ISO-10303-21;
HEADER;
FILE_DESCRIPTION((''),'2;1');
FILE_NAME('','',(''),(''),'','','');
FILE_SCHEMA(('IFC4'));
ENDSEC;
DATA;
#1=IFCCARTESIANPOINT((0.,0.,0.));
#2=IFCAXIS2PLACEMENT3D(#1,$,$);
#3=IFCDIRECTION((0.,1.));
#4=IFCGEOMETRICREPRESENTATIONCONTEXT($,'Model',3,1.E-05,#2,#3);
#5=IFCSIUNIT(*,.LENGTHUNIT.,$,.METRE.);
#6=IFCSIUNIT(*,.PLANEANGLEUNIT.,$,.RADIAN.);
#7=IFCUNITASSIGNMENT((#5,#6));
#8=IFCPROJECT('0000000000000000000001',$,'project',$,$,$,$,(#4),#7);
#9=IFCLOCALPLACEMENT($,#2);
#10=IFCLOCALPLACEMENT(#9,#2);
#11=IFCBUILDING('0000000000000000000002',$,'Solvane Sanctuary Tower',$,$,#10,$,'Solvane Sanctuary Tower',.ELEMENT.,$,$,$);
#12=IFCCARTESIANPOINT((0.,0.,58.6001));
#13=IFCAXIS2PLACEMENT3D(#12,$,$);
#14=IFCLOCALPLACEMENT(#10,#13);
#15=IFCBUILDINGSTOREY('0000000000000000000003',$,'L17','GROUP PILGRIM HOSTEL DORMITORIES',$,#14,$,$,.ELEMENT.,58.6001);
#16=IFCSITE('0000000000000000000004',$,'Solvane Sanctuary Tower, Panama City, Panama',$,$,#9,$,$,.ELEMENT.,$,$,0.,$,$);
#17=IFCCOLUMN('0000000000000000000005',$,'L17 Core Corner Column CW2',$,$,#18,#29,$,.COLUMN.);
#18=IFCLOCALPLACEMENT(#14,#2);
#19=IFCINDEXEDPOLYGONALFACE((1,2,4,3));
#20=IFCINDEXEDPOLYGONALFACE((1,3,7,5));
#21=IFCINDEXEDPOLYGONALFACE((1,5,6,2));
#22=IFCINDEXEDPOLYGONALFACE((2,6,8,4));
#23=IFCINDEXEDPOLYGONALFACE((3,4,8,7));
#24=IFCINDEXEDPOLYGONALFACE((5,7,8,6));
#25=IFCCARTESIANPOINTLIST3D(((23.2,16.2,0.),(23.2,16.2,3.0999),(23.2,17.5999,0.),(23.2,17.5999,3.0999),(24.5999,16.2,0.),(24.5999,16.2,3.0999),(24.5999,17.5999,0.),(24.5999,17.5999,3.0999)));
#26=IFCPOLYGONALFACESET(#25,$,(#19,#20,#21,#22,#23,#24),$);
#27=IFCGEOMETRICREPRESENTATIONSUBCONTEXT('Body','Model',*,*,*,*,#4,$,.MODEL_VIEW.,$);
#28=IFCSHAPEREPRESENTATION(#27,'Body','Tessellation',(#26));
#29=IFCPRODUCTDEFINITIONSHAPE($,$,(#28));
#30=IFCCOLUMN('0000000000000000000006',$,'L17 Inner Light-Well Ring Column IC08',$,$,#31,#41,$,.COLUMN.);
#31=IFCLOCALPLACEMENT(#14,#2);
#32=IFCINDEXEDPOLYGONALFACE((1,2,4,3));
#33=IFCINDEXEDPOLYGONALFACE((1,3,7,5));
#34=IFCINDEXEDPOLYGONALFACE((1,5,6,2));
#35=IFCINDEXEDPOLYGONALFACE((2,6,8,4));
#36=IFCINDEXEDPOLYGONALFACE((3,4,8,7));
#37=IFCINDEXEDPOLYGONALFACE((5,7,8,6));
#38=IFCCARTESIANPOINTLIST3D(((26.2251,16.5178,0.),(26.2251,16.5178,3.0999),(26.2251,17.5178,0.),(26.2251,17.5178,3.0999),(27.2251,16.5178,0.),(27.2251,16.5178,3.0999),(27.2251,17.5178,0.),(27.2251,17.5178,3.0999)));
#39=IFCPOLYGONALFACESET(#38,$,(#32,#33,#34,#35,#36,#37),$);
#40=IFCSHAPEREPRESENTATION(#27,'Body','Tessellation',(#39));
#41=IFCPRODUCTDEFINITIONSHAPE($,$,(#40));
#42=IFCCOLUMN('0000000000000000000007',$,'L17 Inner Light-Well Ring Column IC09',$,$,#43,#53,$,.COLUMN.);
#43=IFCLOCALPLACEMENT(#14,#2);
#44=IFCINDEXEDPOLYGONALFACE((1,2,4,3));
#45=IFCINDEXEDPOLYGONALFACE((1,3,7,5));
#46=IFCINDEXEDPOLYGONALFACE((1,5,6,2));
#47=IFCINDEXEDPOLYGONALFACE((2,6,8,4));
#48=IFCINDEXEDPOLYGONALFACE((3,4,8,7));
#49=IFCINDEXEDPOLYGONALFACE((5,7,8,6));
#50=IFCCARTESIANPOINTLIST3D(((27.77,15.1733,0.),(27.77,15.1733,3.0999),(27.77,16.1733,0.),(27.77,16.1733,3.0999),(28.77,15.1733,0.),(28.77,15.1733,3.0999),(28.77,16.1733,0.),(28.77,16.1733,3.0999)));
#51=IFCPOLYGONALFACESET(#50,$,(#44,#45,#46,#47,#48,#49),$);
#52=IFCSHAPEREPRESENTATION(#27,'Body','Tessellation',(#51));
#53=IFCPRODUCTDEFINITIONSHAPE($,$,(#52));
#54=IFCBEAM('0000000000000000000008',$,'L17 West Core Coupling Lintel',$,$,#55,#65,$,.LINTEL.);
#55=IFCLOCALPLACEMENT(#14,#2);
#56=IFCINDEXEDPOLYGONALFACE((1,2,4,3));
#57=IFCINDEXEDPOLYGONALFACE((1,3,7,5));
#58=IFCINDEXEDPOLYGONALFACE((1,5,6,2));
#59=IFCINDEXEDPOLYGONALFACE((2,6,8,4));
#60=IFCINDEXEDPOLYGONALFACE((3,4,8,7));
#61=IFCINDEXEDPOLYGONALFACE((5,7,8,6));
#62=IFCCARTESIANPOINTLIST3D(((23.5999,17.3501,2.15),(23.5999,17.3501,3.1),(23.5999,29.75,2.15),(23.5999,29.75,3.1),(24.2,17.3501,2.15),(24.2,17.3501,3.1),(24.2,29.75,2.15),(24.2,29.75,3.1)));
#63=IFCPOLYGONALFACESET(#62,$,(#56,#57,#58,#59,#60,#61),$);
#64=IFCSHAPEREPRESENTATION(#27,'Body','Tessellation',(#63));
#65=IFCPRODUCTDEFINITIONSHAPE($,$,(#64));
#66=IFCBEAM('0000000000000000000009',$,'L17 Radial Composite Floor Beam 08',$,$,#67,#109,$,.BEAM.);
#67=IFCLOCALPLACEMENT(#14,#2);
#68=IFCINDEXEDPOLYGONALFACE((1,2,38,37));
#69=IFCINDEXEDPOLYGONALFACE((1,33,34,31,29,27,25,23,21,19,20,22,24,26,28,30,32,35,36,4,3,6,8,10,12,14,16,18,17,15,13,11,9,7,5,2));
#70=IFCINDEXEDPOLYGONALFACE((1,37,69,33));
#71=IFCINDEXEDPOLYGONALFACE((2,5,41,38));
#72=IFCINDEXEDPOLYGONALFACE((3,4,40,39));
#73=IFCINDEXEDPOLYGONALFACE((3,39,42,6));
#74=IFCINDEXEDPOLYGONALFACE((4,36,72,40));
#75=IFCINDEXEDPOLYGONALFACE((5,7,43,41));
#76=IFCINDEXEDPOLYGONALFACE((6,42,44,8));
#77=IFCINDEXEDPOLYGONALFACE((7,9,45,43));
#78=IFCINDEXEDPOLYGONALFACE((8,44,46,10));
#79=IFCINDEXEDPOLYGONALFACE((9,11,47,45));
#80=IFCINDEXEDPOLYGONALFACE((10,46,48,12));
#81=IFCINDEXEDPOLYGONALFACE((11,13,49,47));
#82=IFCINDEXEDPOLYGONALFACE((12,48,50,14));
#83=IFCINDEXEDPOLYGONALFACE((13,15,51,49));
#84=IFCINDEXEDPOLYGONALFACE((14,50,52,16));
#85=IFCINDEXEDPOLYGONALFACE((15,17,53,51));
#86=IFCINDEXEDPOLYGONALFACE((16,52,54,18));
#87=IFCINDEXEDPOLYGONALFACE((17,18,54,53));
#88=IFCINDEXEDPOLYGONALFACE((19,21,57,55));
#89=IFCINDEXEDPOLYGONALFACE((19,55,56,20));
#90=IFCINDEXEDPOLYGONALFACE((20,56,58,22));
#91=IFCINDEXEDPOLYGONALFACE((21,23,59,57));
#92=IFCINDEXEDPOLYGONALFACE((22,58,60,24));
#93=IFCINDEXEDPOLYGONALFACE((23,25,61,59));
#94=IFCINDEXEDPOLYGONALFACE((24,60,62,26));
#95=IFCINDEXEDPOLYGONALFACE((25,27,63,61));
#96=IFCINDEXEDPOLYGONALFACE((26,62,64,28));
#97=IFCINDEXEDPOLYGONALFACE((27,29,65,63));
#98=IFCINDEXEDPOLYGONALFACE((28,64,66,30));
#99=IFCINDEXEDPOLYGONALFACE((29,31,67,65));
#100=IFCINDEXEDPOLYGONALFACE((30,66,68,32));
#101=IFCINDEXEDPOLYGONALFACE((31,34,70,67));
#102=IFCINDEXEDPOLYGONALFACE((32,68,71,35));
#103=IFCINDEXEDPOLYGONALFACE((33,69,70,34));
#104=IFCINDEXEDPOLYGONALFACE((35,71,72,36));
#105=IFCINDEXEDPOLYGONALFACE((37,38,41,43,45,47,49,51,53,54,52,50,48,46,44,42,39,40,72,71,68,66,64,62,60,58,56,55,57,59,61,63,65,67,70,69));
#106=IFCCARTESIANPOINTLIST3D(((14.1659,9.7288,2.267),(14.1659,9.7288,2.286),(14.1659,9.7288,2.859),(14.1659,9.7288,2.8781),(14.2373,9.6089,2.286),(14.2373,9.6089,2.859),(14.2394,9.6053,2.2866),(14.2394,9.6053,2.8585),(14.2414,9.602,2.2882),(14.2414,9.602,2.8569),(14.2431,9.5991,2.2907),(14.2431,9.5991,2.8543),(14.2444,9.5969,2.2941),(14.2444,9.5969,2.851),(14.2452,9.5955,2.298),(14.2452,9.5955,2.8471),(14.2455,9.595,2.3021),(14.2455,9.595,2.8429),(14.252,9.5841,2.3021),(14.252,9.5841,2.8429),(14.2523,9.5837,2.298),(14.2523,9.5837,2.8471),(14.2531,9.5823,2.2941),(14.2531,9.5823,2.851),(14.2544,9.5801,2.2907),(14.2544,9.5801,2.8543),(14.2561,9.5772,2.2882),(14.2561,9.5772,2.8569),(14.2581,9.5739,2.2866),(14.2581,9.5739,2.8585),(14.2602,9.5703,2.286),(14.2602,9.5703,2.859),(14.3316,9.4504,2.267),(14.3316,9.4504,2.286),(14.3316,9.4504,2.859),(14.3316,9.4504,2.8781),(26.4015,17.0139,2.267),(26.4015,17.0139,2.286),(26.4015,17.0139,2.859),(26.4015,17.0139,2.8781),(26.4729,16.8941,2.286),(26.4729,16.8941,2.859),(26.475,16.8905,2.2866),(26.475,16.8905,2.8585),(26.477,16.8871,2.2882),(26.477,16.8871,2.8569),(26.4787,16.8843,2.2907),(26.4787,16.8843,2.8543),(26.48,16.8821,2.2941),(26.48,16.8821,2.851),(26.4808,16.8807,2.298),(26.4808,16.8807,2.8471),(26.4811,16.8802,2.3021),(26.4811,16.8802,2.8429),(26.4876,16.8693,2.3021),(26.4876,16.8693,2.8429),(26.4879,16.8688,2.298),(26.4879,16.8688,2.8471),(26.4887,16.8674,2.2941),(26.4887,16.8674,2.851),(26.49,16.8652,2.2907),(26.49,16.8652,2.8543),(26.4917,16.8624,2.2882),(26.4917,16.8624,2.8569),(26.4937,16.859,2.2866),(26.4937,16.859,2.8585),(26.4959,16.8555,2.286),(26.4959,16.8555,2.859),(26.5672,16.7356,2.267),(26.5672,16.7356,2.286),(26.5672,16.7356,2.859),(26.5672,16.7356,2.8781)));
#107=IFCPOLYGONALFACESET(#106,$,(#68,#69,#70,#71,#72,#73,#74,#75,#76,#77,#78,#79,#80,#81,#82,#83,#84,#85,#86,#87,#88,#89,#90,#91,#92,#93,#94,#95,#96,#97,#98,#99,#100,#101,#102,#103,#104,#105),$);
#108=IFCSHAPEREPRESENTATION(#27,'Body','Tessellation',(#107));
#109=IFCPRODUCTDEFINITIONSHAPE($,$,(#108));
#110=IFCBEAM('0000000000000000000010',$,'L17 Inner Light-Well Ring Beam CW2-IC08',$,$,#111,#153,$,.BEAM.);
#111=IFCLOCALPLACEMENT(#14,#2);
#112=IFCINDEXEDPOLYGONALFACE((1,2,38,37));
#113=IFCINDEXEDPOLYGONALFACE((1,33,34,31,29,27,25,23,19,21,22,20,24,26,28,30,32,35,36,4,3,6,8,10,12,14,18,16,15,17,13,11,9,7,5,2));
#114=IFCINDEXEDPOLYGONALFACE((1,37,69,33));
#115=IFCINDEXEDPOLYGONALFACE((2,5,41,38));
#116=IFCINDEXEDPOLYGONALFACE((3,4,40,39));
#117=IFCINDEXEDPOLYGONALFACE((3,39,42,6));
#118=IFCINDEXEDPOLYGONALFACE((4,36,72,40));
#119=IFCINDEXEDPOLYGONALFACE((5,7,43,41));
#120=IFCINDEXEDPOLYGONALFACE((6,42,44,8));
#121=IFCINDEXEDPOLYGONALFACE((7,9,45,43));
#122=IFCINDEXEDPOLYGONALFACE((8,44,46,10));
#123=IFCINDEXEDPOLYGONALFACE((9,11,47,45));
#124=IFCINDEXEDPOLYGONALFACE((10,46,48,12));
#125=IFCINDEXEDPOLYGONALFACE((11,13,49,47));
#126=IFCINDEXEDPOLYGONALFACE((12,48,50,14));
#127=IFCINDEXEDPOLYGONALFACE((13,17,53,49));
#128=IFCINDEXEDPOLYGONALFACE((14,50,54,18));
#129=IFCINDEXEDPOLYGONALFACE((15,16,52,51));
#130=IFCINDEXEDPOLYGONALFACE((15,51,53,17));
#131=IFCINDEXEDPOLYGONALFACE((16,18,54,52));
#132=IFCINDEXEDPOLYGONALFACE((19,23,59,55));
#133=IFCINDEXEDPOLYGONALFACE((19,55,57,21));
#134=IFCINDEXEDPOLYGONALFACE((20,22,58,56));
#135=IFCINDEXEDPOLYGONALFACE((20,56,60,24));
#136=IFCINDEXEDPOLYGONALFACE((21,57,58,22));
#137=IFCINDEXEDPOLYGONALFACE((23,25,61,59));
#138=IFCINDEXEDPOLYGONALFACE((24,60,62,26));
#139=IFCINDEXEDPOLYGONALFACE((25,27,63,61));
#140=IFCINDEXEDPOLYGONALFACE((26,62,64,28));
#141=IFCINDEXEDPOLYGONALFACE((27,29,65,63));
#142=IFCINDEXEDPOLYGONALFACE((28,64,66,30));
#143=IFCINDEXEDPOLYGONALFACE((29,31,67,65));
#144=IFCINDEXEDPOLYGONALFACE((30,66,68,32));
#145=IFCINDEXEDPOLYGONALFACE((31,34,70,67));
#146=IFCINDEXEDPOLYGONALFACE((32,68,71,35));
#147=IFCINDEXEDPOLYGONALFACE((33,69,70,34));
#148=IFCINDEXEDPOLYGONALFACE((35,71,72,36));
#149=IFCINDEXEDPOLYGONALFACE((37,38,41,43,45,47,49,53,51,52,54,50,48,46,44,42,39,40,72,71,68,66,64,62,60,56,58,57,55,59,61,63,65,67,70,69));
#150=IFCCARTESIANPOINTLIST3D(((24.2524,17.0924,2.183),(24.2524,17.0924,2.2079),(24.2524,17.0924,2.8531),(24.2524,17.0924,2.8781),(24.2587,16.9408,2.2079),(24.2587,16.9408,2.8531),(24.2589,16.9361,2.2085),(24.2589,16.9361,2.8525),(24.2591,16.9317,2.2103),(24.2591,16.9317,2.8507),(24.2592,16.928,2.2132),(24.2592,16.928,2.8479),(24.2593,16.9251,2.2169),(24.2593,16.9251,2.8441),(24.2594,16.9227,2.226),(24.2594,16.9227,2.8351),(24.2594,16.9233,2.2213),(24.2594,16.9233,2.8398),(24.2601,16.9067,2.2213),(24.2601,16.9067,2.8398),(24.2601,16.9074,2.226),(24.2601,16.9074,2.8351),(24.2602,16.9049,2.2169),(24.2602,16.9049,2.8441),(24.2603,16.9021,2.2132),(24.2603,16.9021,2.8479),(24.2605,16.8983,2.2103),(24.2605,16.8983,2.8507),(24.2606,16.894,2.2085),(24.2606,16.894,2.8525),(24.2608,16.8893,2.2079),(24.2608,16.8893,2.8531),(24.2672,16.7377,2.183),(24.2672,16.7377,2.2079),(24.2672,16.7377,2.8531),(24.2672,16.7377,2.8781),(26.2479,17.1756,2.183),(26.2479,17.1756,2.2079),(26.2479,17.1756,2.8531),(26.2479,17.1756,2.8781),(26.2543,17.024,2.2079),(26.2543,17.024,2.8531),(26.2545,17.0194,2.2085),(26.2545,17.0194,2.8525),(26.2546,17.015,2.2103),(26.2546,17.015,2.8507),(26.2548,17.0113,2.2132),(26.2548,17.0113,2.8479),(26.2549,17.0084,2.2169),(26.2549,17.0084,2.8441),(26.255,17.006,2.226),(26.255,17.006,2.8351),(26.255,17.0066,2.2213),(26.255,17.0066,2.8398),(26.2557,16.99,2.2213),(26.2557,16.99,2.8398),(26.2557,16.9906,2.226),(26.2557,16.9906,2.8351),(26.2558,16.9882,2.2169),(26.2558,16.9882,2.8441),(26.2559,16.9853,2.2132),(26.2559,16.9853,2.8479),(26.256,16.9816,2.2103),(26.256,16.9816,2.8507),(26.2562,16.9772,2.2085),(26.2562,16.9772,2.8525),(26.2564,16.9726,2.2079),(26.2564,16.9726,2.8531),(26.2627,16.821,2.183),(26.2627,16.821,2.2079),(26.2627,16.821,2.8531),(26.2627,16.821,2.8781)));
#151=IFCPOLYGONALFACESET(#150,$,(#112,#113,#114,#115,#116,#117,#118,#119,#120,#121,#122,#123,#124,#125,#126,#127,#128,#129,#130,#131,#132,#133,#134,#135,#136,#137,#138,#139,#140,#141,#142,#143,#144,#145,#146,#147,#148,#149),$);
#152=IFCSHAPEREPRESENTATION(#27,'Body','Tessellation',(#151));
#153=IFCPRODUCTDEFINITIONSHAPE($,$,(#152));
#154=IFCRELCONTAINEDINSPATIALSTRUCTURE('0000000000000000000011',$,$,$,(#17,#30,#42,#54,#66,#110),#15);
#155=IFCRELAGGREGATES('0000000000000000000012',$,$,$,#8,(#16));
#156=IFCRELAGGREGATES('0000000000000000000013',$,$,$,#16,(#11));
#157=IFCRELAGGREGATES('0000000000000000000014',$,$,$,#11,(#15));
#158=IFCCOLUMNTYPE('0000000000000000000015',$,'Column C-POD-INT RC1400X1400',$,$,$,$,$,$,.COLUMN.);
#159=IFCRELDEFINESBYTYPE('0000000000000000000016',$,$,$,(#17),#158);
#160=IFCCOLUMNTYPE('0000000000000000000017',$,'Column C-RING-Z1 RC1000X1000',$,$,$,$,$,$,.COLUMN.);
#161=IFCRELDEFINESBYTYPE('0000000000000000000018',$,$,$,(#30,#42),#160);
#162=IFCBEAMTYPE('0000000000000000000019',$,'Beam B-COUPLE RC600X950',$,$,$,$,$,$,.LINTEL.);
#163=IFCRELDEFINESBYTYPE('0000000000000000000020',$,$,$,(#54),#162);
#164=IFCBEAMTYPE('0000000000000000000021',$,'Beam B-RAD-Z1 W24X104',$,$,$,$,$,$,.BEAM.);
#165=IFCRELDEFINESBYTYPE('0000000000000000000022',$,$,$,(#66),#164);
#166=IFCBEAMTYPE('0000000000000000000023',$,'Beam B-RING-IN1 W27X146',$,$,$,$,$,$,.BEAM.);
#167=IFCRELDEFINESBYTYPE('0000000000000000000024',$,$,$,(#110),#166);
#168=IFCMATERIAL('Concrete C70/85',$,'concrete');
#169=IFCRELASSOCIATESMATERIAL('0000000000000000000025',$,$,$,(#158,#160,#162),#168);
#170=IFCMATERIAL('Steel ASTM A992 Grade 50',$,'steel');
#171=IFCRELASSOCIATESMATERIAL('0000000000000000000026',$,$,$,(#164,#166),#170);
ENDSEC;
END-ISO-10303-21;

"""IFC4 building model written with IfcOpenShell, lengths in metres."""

from ifc_helpers import new_model, si_unit, direction, frame, origin, origin_2d, place, context, subcontext, project, spatial, rectangle, i_section, extrude, material, material_profile, profile_set, type_object, element, save


model = new_model("IFC4")

# Units and contexts
model_context = context("Model", 3, precision=1e-05, world=origin(), true_north=direction((0.0, 1.0)))
body_context = subcontext(model_context, "Body", "Model", "MODEL_VIEW")
ifc_project = project(units=[si_unit("LENGTHUNIT", "METRE"), si_unit("PLANEANGLEUNIT", "RADIAN")], contexts=[model_context])

# Site, building, storey
site_placement = place(None, origin())
site = spatial("IfcSite", under=ifc_project, at=site_placement, Name="Solvane Sanctuary Tower, Panama City, Panama", CompositionType="ELEMENT", RefElevation=0.0)
building_placement = place(site_placement, origin())
building = spatial("IfcBuilding", under=site, at=building_placement, Name="Solvane Sanctuary Tower", LongName="Solvane Sanctuary Tower", CompositionType="ELEMENT")
storey_placement = place(building_placement, frame((0.0, 0.0, 58.6001)))
storey = spatial("IfcBuildingStorey", under=building, at=storey_placement, Name="L17", Description="GROUP PILGRIM HOSTEL DORMITORIES", CompositionType="ELEMENT", Elevation=58.6001)

# Columns
ifc_material_1 = material(Name="Concrete C70/85", Category="concrete")
ifc_material_profile_1 = material_profile(ifc_material_1, rectangle(XDim=1.3999, YDim=1.3999, at=origin_2d()), Name="RC1400X1400")
ifc_profile_set_1 = profile_set([ifc_material_profile_1], Name="Concrete C70/85")
column_type_1 = type_object("IfcColumnType", Name="Column C-POD-INT RC1400X1400", PredefinedType="COLUMN", material=ifc_profile_set_1)
column_placement = place(storey_placement, frame((23.8999, 16.8999, 0.0), z_axis=(0.0, 0.0, 1.0), x_axis=(1.0, 0.0, 0.0)))
element("IfcColumn", 1, at=column_placement, inside=storey, type_object=column_type_1, Name="L17 Core Corner Column CW2", PredefinedType="COLUMN", context=body_context, shape_type="SweptSolid", body=[
    extrude(rectangle(XDim=1.3999, YDim=1.3999, at=origin_2d()), origin(), (0.0, 0.0, 1.0), 3.0999),
])
ifc_material_profile_2 = material_profile(ifc_material_1, rectangle(XDim=1.0, YDim=1.0, at=origin_2d()), Name="RC1000X1000")
ifc_profile_set_2 = profile_set([ifc_material_profile_2], Name="Concrete C70/85")
column_type_2 = type_object("IfcColumnType", Name="Column C-RING-Z1 RC1000X1000", PredefinedType="COLUMN", material=ifc_profile_set_2)
for number, where, z_axis, x_axis, name in (
    (2, (26.7251, 17.0178, 0.0), (0.0, 0.0, 1.0), (1.0, 0.0, 0.0), "L17 Inner Light-Well Ring Column IC08"),
    (3, (28.27, 15.6733, 0.0), (0.0, 0.0, 1.0), (1.0, 0.0, 0.0), "L17 Inner Light-Well Ring Column IC09"),
):
    element("IfcColumn", number, at=place(storey_placement, frame(where, z_axis=z_axis, x_axis=x_axis)), inside=storey, type_object=column_type_2, Name=name, PredefinedType="COLUMN", context=body_context, shape_type="SweptSolid", body=[
        extrude(rectangle(XDim=1.0, YDim=1.0, at=origin_2d()), origin(), (0.0, 0.0, 1.0), 3.0999),
    ])

# Beams
ifc_material_profile_3 = material_profile(ifc_material_1, rectangle(XDim=0.6001, YDim=0.95, at=origin_2d()), Name="RC600X950")
ifc_profile_set_3 = profile_set([ifc_material_profile_3], Name="Concrete C70/85")
beam_type_1 = type_object("IfcBeamType", Name="Beam B-COUPLE RC600X950", PredefinedType="LINTEL", material=ifc_profile_set_3)
beam_1_placement = place(storey_placement, frame((23.8999, 17.3501, 2.625), z_axis=(0.0, 1.0, 0.0), x_axis=(-1.0, 0.0, 0.0)))
element("IfcBeam", 4, at=beam_1_placement, inside=storey, type_object=beam_type_1, Name="L17 West Core Coupling Lintel", PredefinedType="LINTEL", context=body_context, shape_type="SweptSolid", body=[
    extrude(rectangle(XDim=0.6001, YDim=0.95, at=origin_2d()), origin(), (0.0, 0.0, 1.0), 12.3999),
])
ifc_material_2 = material(Name="Steel ASTM A992 Grade 50", Category="steel")
ifc_material_profile_4 = material_profile(ifc_material_2, i_section(OverallWidth=0.324, OverallDepth=0.6111, WebThickness=0.0127, FlangeThickness=0.019, FilletRadius=0.0161, at=origin_2d()), Name="W24X104")
ifc_profile_set_4 = profile_set([ifc_material_profile_4], Name="Steel ASTM A992 Grade 50")
beam_type_2 = type_object("IfcBeamType", Name="Beam B-RAD-Z1 W24X104", PredefinedType="BEAM", material=ifc_profile_set_4)
beam_2_placement = place(storey_placement, frame((26.4844, 16.8748, 2.5725), z_axis=(-0.859229, -0.511591, 0.0), x_axis=(0.511591, -0.859229, 0.0)))
element("IfcBeam", 5, at=beam_2_placement, inside=storey, type_object=beam_type_2, Name="L17 Radial Composite Floor Beam 08", PredefinedType="BEAM", context=body_context, shape_type="SweptSolid", body=[
    extrude(i_section(OverallWidth=0.324, OverallDepth=0.6111, WebThickness=0.0127, FlangeThickness=0.019, FilletRadius=0.0161, at=origin_2d()), origin(), (0.0, 0.0, 1.0), 14.2402),
])
ifc_material_profile_5 = material_profile(ifc_material_2, i_section(OverallWidth=0.355, OverallDepth=0.6951, WebThickness=0.0154, FlangeThickness=0.0249, FilletRadius=0.0181, at=origin_2d()), Name="W27X146")
ifc_profile_set_5 = profile_set([ifc_material_profile_5], Name="Steel ASTM A992 Grade 50")
beam_type_3 = type_object("IfcBeamType", Name="Beam B-RING-IN1 W27X146", PredefinedType="BEAM", material=ifc_profile_set_5)
beam_3_placement = place(storey_placement, frame((24.2598, 16.915, 2.5305), z_axis=(0.999131, 0.041681, 0.0), x_axis=(-0.041681, 0.999131, 0.0)))
element("IfcBeam", 6, at=beam_3_placement, inside=storey, type_object=beam_type_3, Name="L17 Inner Light-Well Ring Beam CW2-IC08", PredefinedType="BEAM", context=body_context, shape_type="SweptSolid", body=[
    extrude(i_section(OverallWidth=0.355, OverallDepth=0.6951, WebThickness=0.0154, FlangeThickness=0.0249, FilletRadius=0.0181, at=origin_2d()), origin(), (0.0, 0.0, 1.0), 1.9973),
])

save(model, "model.ifc")
